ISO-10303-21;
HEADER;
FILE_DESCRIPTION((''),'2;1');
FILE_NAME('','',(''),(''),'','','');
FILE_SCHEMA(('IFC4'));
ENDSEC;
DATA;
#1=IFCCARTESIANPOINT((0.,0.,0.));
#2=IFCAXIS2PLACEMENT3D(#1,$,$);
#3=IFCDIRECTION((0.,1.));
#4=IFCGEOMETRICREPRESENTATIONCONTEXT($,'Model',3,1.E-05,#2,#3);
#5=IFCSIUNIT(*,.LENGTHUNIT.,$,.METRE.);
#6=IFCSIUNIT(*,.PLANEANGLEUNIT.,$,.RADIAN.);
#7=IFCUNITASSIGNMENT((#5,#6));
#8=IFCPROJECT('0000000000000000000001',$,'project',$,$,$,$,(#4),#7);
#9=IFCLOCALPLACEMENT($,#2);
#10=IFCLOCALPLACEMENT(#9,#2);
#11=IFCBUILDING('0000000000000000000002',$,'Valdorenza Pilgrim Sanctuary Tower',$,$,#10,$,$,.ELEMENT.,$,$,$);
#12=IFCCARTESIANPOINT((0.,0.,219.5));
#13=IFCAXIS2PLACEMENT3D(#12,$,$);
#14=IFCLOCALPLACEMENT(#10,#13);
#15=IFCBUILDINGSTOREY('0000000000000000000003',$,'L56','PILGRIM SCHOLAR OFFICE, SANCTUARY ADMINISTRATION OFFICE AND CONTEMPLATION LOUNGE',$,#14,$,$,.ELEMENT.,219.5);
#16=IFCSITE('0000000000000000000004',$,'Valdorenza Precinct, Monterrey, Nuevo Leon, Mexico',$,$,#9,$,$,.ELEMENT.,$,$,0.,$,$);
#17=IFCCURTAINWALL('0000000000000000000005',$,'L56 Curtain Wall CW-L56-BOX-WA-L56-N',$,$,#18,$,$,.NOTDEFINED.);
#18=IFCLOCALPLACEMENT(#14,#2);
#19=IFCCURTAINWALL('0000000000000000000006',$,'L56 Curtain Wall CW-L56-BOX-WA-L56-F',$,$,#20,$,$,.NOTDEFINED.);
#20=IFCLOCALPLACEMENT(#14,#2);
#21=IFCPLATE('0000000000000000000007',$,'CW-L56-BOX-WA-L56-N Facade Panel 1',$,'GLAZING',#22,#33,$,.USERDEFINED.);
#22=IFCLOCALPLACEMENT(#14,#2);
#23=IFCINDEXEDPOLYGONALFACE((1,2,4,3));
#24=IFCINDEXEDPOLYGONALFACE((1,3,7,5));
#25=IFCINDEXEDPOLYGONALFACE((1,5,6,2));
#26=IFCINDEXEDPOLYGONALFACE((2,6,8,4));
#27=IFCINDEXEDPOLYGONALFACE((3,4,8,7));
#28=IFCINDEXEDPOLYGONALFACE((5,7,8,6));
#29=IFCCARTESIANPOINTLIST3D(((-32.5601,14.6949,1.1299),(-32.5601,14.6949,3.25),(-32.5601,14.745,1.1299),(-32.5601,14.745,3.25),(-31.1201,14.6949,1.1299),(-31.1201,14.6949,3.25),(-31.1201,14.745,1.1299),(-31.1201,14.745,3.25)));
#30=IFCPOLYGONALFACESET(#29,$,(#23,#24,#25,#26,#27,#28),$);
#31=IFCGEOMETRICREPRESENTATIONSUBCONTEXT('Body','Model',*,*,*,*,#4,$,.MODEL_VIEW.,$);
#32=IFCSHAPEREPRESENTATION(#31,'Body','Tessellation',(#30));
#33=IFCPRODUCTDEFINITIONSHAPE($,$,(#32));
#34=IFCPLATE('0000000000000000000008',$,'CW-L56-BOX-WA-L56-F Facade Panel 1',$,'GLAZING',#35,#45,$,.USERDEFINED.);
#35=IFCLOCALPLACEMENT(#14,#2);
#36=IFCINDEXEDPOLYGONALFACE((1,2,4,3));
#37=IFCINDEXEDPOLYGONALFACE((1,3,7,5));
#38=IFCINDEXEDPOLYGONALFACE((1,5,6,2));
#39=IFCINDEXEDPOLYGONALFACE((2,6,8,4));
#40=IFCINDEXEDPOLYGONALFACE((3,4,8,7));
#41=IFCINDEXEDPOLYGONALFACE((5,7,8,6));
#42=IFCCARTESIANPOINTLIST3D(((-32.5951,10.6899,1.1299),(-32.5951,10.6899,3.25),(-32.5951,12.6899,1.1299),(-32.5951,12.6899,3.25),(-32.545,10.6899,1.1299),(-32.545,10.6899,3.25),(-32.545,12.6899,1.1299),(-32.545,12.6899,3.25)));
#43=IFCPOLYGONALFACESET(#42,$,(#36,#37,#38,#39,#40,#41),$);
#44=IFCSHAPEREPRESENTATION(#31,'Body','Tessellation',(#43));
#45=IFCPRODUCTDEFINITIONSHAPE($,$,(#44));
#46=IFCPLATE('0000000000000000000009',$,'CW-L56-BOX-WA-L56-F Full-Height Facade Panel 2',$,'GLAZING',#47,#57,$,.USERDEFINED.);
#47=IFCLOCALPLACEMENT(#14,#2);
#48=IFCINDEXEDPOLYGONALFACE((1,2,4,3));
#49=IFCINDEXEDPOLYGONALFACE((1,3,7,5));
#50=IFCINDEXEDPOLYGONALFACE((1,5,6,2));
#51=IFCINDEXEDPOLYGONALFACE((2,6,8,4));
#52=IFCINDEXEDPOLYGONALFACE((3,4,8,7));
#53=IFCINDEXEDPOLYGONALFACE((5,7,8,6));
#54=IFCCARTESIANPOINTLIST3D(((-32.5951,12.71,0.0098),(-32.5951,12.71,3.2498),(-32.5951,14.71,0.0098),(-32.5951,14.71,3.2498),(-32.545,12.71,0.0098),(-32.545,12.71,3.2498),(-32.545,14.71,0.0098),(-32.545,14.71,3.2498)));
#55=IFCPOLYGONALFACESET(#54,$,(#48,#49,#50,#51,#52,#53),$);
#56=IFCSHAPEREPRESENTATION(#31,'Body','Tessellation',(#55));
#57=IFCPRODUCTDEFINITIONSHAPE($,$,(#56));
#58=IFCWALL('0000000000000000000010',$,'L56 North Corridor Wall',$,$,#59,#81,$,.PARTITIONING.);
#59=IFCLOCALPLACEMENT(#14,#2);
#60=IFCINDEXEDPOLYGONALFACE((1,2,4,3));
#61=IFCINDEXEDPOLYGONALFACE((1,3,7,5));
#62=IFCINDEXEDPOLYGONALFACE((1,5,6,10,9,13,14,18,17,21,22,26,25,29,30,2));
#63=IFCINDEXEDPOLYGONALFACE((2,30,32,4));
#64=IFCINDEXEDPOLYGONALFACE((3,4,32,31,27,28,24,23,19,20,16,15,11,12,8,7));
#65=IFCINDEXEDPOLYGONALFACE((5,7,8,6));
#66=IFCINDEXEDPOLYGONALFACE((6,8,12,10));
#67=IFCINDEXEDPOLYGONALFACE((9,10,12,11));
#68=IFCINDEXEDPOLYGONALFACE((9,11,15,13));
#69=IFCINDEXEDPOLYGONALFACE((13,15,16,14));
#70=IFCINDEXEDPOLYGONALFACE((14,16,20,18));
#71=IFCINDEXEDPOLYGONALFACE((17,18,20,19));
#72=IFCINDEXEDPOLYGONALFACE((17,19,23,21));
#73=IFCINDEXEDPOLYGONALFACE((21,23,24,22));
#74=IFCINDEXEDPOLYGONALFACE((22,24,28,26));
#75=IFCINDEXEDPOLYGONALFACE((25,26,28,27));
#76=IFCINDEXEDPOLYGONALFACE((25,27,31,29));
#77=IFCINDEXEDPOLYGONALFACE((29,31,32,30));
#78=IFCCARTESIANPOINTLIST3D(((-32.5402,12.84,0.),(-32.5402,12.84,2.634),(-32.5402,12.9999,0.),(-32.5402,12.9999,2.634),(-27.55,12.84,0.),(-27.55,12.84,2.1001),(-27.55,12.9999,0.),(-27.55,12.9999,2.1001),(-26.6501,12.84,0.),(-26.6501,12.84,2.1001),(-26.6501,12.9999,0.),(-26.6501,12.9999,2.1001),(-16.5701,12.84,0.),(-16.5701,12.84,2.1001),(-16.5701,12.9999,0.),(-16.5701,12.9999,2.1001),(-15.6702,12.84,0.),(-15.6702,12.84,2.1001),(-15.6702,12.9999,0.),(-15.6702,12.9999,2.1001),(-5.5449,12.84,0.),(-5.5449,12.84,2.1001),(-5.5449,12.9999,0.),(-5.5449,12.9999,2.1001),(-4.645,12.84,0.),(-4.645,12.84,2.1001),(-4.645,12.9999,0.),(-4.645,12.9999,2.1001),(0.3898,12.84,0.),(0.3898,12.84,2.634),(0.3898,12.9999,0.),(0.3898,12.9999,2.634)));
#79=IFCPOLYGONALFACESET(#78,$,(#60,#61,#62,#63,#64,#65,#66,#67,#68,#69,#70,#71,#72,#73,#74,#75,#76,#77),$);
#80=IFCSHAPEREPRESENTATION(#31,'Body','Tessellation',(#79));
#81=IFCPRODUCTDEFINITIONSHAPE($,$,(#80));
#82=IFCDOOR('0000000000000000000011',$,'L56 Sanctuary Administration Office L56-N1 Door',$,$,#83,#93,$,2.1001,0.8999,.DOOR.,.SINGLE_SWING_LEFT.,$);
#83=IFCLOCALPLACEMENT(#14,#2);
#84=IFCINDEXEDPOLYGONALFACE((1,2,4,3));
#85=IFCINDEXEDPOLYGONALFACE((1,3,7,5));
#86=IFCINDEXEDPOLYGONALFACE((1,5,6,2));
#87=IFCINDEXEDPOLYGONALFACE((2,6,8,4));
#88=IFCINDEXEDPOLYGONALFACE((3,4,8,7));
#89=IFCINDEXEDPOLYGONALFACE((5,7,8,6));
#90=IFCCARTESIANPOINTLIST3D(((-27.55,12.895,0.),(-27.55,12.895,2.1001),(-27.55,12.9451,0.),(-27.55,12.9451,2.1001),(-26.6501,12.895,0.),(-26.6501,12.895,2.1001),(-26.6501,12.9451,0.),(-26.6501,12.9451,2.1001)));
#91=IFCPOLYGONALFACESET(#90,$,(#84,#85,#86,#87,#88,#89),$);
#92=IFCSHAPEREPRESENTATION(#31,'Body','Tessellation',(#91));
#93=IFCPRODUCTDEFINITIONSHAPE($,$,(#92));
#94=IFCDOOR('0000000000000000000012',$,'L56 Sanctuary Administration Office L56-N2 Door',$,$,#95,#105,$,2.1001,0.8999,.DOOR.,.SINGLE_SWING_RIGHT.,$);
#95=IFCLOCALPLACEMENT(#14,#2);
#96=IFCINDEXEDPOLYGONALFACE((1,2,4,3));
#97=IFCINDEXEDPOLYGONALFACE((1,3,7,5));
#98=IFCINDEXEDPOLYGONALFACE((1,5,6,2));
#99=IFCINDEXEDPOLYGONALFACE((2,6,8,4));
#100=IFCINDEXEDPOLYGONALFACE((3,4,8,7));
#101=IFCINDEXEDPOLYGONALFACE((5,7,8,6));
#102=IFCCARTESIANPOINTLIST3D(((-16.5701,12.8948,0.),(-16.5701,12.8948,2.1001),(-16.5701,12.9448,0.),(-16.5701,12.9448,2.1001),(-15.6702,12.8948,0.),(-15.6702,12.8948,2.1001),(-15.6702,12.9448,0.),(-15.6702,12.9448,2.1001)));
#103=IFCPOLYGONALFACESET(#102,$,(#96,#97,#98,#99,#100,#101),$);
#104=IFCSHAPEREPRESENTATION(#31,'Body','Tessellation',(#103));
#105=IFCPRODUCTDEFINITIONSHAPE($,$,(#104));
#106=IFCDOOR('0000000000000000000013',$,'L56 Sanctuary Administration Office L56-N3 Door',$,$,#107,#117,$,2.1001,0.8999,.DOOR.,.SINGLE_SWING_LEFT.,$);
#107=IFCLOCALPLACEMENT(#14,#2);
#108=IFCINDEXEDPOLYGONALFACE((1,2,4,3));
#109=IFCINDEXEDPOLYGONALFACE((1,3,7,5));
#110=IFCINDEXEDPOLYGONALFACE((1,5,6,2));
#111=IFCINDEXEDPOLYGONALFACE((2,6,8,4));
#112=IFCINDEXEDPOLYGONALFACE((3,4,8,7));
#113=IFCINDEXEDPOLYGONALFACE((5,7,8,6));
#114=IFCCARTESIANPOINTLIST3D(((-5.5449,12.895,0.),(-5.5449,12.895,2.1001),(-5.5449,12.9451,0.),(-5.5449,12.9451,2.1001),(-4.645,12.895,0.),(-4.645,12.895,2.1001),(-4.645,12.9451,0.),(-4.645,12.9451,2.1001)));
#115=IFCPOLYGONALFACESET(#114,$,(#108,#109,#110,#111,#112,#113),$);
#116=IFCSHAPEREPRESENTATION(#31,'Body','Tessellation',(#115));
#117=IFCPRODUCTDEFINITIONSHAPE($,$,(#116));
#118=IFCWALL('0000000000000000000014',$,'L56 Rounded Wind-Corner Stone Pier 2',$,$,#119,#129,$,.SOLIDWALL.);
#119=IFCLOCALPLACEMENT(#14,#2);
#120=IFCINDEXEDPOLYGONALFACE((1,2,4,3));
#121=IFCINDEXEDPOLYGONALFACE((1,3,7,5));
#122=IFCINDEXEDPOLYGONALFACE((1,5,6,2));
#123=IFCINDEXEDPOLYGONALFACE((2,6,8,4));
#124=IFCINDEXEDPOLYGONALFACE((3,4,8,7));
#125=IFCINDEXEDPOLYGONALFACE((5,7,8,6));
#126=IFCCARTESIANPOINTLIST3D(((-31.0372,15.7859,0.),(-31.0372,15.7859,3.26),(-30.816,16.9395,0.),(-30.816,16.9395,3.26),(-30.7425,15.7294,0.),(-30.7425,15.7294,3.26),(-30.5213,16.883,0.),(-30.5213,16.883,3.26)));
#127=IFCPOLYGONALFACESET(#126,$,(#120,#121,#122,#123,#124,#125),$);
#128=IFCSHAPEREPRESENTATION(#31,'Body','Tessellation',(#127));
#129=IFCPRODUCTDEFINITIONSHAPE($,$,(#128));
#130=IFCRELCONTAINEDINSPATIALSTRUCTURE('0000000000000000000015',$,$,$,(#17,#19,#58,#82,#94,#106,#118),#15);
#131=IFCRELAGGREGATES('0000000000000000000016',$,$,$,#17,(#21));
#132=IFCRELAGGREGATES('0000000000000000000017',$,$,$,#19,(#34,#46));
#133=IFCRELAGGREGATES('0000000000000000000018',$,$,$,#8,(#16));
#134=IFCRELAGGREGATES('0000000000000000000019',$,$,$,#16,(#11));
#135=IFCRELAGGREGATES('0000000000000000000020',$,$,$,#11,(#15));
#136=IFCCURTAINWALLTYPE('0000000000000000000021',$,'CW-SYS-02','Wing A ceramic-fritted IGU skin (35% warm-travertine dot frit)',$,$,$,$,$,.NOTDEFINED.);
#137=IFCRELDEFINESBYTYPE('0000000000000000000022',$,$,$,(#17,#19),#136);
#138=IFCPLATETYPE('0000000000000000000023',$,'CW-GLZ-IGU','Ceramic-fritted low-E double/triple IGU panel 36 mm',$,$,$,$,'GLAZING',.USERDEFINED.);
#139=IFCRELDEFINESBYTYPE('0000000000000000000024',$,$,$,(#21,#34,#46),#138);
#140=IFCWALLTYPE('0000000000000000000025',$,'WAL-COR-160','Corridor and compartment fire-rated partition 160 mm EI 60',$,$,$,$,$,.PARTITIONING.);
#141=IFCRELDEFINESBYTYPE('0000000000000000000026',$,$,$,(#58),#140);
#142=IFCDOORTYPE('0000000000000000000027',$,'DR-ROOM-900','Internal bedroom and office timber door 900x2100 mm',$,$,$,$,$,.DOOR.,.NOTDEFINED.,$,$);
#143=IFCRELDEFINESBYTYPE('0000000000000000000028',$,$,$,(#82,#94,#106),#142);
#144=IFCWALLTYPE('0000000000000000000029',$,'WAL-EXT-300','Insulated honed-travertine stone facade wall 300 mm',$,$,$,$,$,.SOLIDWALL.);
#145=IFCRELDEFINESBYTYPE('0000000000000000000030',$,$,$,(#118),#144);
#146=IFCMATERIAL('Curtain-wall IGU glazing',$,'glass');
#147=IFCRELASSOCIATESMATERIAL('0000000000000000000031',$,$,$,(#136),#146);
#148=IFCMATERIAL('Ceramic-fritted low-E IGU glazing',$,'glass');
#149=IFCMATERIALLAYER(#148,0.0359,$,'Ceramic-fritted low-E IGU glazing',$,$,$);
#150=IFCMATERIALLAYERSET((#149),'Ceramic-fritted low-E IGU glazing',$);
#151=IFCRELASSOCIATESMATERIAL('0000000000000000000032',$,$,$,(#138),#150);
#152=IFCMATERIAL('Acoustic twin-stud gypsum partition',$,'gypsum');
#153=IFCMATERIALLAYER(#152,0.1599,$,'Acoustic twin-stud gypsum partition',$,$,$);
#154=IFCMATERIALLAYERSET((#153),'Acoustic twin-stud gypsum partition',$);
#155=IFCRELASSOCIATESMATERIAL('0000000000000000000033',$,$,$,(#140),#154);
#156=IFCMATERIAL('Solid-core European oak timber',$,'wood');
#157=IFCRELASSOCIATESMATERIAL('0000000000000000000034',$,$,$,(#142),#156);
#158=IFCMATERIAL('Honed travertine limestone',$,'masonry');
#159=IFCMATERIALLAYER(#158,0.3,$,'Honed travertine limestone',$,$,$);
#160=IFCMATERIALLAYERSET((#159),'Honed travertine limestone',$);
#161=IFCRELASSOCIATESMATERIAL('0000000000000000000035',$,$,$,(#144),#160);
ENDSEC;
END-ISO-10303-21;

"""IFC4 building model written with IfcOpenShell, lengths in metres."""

from ifc_helpers import new_model, si_unit, direction, frame, frame_2d, origin, origin_2d, place, context, subcontext, project, spatial, rectangle, extrude, source, transform, mapped, material, layer, layer_set, type_object, element, fill, aggregate, save


model = new_model("IFC4")

# Units and contexts
model_context = context("Model", 3, precision=1e-05, world=origin(), true_north=direction((0.0, 1.0)))
body_context = subcontext(model_context, "Body", "Model", "MODEL_VIEW")
ifc_project = project(units=[si_unit("LENGTHUNIT", "METRE"), si_unit("PLANEANGLEUNIT", "RADIAN")], contexts=[model_context])

# Site, building, storey
site_placement = place(None, origin())
site = spatial("IfcSite", under=ifc_project, at=site_placement, Name="Valdorenza Precinct, Monterrey, Nuevo Leon, Mexico", CompositionType="ELEMENT", RefElevation=0.0)
building_placement = place(site_placement, origin())
building = spatial("IfcBuilding", under=site, at=building_placement, Name="Valdorenza Pilgrim Sanctuary Tower", CompositionType="ELEMENT")
storey_placement = place(building_placement, frame((0.0, 0.0, 219.5)))
storey = spatial("IfcBuildingStorey", under=building, at=storey_placement, Name="L56", Description="PILGRIM SCHOLAR OFFICE, SANCTUARY ADMINISTRATION OFFICE AND CONTEMPLATION LOUNGE", CompositionType="ELEMENT", Elevation=219.5)

# Curtain wall
ifc_material_1 = material(Name="Curtain-wall IGU glazing", Category="glass")
curtain_wall_type = type_object("IfcCurtainWallType", Name="CW-SYS-02", Description="Wing A ceramic-fritted IGU skin (35% warm-travertine dot frit)", PredefinedType="NOTDEFINED", material=ifc_material_1)
curtain_wall_1_placement = place(storey_placement, origin())
curtain_wall_1 = element("IfcCurtainWall", 1, at=curtain_wall_1_placement, inside=storey, type_object=curtain_wall_type, Name="L56 Curtain Wall CW-L56-BOX-WA-L56-N", PredefinedType="NOTDEFINED")

# Curtain wall
curtain_wall_2_placement = place(storey_placement, origin())
curtain_wall_2 = element("IfcCurtainWall", 2, at=curtain_wall_2_placement, inside=storey, type_object=curtain_wall_type, Name="L56 Curtain Wall CW-L56-BOX-WA-L56-F", PredefinedType="NOTDEFINED")

# Plates
ifc_material_2 = material(Name="Honed travertine limestone", Category="masonry")
ifc_material_3 = material(Name="Ceramic-fritted low-E IGU glazing", Category="glass")
ifc_layer_1 = layer(ifc_material_3, 0.0359, Name="Ceramic-fritted low-E IGU glazing")
ifc_layer_set_1 = layer_set([ifc_layer_1], Name="Ceramic-fritted low-E IGU glazing")
plate_type_1 = type_object("IfcPlateType", Name="CW-GLZ-IGU", Description="Ceramic-fritted low-E double/triple IGU panel 36 mm", ElementType="GLAZING", PredefinedType="USERDEFINED", material=ifc_layer_set_1)
shared_shape_1 = source(origin(), body_context, "Body", "SweptSolid", [
    extrude(rectangle(XDim=1.4399, YDim=0.05, at=origin_2d()), origin(), (0.0, 0.0, 1.0), 2.1201),
])
plate_1_placement = place(storey_placement, frame((-31.8401, 14.72, 1.1299), z_axis=(0.0, 0.0, 1.0), x_axis=(1.0, 0.0, 0.0)))
plate_1 = element("IfcPlate", 3, at=plate_1_placement, type_object=plate_type_1, Name="CW-L56-BOX-WA-L56-N Facade Panel 1", ObjectType="GLAZING", PredefinedType="USERDEFINED", context=body_context, shape_type="MappedRepresentation", body=[
    mapped(shared_shape_1, transform((0.0, 0.0, 0.0), x_axis=(1.0, 0.0, 0.0), y_axis=(0.0, 1.0, 0.0), z_axis=(0.0, 0.0, 1.0), scale=1.0)),
])
aggregate(curtain_wall_1, [plate_1])
shared_shape_2 = source(origin(), body_context, "Body", "SweptSolid", [
    extrude(rectangle(XDim=2.0, YDim=0.05, at=origin_2d()), origin(), (0.0, 0.0, 1.0), 2.1201),
])
plate_2_placement = place(storey_placement, frame((-32.5701, 11.6899, 1.1299), z_axis=(0.0, 0.0, 1.0), x_axis=(0.0, 1.0, 0.0)))
plate_2 = element("IfcPlate", 4, at=plate_2_placement, type_object=plate_type_1, Name="CW-L56-BOX-WA-L56-F Facade Panel 1", ObjectType="GLAZING", PredefinedType="USERDEFINED", context=body_context, shape_type="MappedRepresentation", body=[
    mapped(shared_shape_2, transform((0.0, 0.0, 0.0), x_axis=(1.0, 0.0, 0.0), y_axis=(0.0, 1.0, 0.0), z_axis=(0.0, 0.0, 1.0), scale=1.0)),
])
shared_shape_3 = source(origin(), body_context, "Body", "SweptSolid", [
    extrude(rectangle(XDim=2.0, YDim=0.05, at=origin_2d()), origin(), (0.0, 0.0, 1.0), 3.24),
])
plate_3_placement = place(storey_placement, frame((-32.5701, 13.71, 0.0098), z_axis=(0.0, 0.0, 1.0), x_axis=(0.0, 1.0, 0.0)))
plate_3 = element("IfcPlate", 5, at=plate_3_placement, type_object=plate_type_1, Name="CW-L56-BOX-WA-L56-F Full-Height Facade Panel 2", ObjectType="GLAZING", PredefinedType="USERDEFINED", context=body_context, shape_type="MappedRepresentation", body=[
    mapped(shared_shape_3, transform((0.0, 0.0, 0.0), x_axis=(1.0, 0.0, 0.0), y_axis=(0.0, 1.0, 0.0), z_axis=(0.0, 0.0, 1.0), scale=1.0)),
])
aggregate(curtain_wall_2, [plate_2, plate_3])

# Wall, openings, doors
ifc_material_4 = material(Name="Acoustic twin-stud gypsum partition", Category="gypsum")
ifc_layer_2 = layer(ifc_material_4, 0.1599, Name="Acoustic twin-stud gypsum partition")
ifc_layer_set_2 = layer_set([ifc_layer_2], Name="Acoustic twin-stud gypsum partition")
wall_type_1 = type_object("IfcWallType", Name="WAL-COR-160", Description="Corridor and compartment fire-rated partition 160 mm EI 60", PredefinedType="PARTITIONING", material=ifc_layer_set_2)
wall_1_placement = place(storey_placement, frame((-32.54, 12.9199, 0.0), z_axis=(0.0, 0.0, 1.0), x_axis=(1.0, 0.0, 0.0)))
wall_1 = element("IfcWall", 6, at=wall_1_placement, inside=storey, type_object=wall_type_1, Name="L56 North Corridor Wall", PredefinedType="PARTITIONING", context=body_context, shape_type="SweptSolid", body=[
    extrude(rectangle(XDim=32.9299, YDim=0.1599, at=frame_2d((16.4648, 0.0))), origin(), (0.0, 0.0, 1.0), 2.634),
])
opening_1_placement = place(wall_1_placement, frame((4.99, 0.0, 0.0)))
opening_1 = element("IfcOpeningElement", 7, at=opening_1_placement, cuts=wall_1, PredefinedType="OPENING", context=body_context, shape_type="SweptSolid", body=[
    extrude(rectangle(XDim=0.8999, YDim=2.1001, at=frame_2d((0.45, 1.05))), frame((0.0, 0.0947, 0.0), z_axis=(0.0, -1.0, 0.0), x_axis=(1.0, 0.0, 0.0)), (0.0, 0.0, 1.0), 0.1897),
])
opening_2_placement = place(wall_1_placement, frame((15.97, 0.0, 0.0)))
opening_2 = element("IfcOpeningElement", 8, at=opening_2_placement, cuts=wall_1, PredefinedType="OPENING", context=body_context, shape_type="SweptSolid", body=[
    extrude(rectangle(XDim=0.8999, YDim=2.1001, at=frame_2d((0.45, 1.05))), frame((0.0, 0.0947, 0.0), z_axis=(0.0, -1.0, 0.0), x_axis=(1.0, 0.0, 0.0)), (0.0, 0.0, 1.0), 0.1897),
])
opening_3_placement = place(wall_1_placement, frame((26.9951, 0.0, 0.0)))
opening_3 = element("IfcOpeningElement", 9, at=opening_3_placement, cuts=wall_1, PredefinedType="OPENING", context=body_context, shape_type="SweptSolid", body=[
    extrude(rectangle(XDim=0.8999, YDim=2.1001, at=frame_2d((0.45, 1.05))), frame((0.0, 0.0947, 0.0), z_axis=(0.0, -1.0, 0.0), x_axis=(1.0, 0.0, 0.0)), (0.0, 0.0, 1.0), 0.1897),
])
ifc_material_5 = material(Name="Solid-core European oak timber", Category="wood")
door_type = type_object("IfcDoorType", Name="DR-ROOM-900", Description="Internal bedroom and office timber door 900x2100 mm", OperationType="NOTDEFINED", PredefinedType="DOOR", material=ifc_material_5)
door_1_placement = place(opening_1_placement, frame((0.8999, 0.0, 0.0), z_axis=(0.0, 0.0, 1.0), x_axis=(-1.0, 0.0, 0.0)))
door_1 = element("IfcDoor", 10, at=door_1_placement, inside=storey, type_object=door_type, Name="L56 Sanctuary Administration Office L56-N1 Door", OperationType="SINGLE_SWING_LEFT", OverallHeight=2.1001, OverallWidth=0.8999, PredefinedType="DOOR", context=body_context, shape_type="SweptSolid", body=[
    extrude(rectangle(XDim=0.8999, YDim=2.1001, at=frame_2d((0.45, 1.05))), frame((0.0, 0.0249, 0.0), z_axis=(0.0, -1.0, 0.0), x_axis=(1.0, 0.0, 0.0)), (0.0, 0.0, 1.0), 0.05),
])
fill(opening_1, door_1)
door_2_placement = place(opening_2_placement, origin())
door_2 = element("IfcDoor", 11, at=door_2_placement, inside=storey, type_object=door_type, Name="L56 Sanctuary Administration Office L56-N2 Door", OperationType="SINGLE_SWING_RIGHT", OverallHeight=2.1001, OverallWidth=0.8999, PredefinedType="DOOR", context=body_context, shape_type="SweptSolid", body=[
    extrude(rectangle(XDim=0.8999, YDim=2.1001, at=frame_2d((0.45, 1.05))), frame((0.0, 0.0249, 0.0), z_axis=(0.0, -1.0, 0.0), x_axis=(1.0, 0.0, 0.0)), (0.0, 0.0, 1.0), 0.05),
])
fill(opening_2, door_2)
door_3_placement = place(opening_3_placement, frame((0.8999, 0.0, 0.0), z_axis=(0.0, 0.0, 1.0), x_axis=(-1.0, 0.0, 0.0)))
door_3 = element("IfcDoor", 12, at=door_3_placement, inside=storey, type_object=door_type, Name="L56 Sanctuary Administration Office L56-N3 Door", OperationType="SINGLE_SWING_LEFT", OverallHeight=2.1001, OverallWidth=0.8999, PredefinedType="DOOR", context=body_context, shape_type="SweptSolid", body=[
    extrude(rectangle(XDim=0.8999, YDim=2.1001, at=frame_2d((0.45, 1.05))), frame((0.0, 0.0249, 0.0), z_axis=(0.0, -1.0, 0.0), x_axis=(1.0, 0.0, 0.0)), (0.0, 0.0, 1.0), 0.05),
])
fill(opening_3, door_3)

# Wall
ifc_layer_3 = layer(ifc_material_2, 0.3, Name="Honed travertine limestone")
ifc_layer_set_3 = layer_set([ifc_layer_3], Name="Honed travertine limestone")
wall_type_2 = type_object("IfcWallType", Name="WAL-EXT-300", Description="Insulated honed-travertine stone facade wall 300 mm", PredefinedType="SOLIDWALL", material=ifc_layer_set_3)
wall_2_placement = place(storey_placement, frame((-30.8899, 15.7576, 0.0), z_axis=(0.0, 0.0, 1.0), x_axis=(0.188315, 0.982109, 0.0)))
element("IfcWall", 13, at=wall_2_placement, inside=storey, type_object=wall_type_2, Name="L56 Rounded Wind-Corner Stone Pier 2", PredefinedType="SOLIDWALL", context=body_context, shape_type="SweptSolid", body=[
    extrude(rectangle(XDim=1.1746, YDim=0.3, at=frame_2d((0.5874, 0.0))), origin(), (0.0, 0.0, 1.0), 3.26),
])

save(model, "model.ifc")
